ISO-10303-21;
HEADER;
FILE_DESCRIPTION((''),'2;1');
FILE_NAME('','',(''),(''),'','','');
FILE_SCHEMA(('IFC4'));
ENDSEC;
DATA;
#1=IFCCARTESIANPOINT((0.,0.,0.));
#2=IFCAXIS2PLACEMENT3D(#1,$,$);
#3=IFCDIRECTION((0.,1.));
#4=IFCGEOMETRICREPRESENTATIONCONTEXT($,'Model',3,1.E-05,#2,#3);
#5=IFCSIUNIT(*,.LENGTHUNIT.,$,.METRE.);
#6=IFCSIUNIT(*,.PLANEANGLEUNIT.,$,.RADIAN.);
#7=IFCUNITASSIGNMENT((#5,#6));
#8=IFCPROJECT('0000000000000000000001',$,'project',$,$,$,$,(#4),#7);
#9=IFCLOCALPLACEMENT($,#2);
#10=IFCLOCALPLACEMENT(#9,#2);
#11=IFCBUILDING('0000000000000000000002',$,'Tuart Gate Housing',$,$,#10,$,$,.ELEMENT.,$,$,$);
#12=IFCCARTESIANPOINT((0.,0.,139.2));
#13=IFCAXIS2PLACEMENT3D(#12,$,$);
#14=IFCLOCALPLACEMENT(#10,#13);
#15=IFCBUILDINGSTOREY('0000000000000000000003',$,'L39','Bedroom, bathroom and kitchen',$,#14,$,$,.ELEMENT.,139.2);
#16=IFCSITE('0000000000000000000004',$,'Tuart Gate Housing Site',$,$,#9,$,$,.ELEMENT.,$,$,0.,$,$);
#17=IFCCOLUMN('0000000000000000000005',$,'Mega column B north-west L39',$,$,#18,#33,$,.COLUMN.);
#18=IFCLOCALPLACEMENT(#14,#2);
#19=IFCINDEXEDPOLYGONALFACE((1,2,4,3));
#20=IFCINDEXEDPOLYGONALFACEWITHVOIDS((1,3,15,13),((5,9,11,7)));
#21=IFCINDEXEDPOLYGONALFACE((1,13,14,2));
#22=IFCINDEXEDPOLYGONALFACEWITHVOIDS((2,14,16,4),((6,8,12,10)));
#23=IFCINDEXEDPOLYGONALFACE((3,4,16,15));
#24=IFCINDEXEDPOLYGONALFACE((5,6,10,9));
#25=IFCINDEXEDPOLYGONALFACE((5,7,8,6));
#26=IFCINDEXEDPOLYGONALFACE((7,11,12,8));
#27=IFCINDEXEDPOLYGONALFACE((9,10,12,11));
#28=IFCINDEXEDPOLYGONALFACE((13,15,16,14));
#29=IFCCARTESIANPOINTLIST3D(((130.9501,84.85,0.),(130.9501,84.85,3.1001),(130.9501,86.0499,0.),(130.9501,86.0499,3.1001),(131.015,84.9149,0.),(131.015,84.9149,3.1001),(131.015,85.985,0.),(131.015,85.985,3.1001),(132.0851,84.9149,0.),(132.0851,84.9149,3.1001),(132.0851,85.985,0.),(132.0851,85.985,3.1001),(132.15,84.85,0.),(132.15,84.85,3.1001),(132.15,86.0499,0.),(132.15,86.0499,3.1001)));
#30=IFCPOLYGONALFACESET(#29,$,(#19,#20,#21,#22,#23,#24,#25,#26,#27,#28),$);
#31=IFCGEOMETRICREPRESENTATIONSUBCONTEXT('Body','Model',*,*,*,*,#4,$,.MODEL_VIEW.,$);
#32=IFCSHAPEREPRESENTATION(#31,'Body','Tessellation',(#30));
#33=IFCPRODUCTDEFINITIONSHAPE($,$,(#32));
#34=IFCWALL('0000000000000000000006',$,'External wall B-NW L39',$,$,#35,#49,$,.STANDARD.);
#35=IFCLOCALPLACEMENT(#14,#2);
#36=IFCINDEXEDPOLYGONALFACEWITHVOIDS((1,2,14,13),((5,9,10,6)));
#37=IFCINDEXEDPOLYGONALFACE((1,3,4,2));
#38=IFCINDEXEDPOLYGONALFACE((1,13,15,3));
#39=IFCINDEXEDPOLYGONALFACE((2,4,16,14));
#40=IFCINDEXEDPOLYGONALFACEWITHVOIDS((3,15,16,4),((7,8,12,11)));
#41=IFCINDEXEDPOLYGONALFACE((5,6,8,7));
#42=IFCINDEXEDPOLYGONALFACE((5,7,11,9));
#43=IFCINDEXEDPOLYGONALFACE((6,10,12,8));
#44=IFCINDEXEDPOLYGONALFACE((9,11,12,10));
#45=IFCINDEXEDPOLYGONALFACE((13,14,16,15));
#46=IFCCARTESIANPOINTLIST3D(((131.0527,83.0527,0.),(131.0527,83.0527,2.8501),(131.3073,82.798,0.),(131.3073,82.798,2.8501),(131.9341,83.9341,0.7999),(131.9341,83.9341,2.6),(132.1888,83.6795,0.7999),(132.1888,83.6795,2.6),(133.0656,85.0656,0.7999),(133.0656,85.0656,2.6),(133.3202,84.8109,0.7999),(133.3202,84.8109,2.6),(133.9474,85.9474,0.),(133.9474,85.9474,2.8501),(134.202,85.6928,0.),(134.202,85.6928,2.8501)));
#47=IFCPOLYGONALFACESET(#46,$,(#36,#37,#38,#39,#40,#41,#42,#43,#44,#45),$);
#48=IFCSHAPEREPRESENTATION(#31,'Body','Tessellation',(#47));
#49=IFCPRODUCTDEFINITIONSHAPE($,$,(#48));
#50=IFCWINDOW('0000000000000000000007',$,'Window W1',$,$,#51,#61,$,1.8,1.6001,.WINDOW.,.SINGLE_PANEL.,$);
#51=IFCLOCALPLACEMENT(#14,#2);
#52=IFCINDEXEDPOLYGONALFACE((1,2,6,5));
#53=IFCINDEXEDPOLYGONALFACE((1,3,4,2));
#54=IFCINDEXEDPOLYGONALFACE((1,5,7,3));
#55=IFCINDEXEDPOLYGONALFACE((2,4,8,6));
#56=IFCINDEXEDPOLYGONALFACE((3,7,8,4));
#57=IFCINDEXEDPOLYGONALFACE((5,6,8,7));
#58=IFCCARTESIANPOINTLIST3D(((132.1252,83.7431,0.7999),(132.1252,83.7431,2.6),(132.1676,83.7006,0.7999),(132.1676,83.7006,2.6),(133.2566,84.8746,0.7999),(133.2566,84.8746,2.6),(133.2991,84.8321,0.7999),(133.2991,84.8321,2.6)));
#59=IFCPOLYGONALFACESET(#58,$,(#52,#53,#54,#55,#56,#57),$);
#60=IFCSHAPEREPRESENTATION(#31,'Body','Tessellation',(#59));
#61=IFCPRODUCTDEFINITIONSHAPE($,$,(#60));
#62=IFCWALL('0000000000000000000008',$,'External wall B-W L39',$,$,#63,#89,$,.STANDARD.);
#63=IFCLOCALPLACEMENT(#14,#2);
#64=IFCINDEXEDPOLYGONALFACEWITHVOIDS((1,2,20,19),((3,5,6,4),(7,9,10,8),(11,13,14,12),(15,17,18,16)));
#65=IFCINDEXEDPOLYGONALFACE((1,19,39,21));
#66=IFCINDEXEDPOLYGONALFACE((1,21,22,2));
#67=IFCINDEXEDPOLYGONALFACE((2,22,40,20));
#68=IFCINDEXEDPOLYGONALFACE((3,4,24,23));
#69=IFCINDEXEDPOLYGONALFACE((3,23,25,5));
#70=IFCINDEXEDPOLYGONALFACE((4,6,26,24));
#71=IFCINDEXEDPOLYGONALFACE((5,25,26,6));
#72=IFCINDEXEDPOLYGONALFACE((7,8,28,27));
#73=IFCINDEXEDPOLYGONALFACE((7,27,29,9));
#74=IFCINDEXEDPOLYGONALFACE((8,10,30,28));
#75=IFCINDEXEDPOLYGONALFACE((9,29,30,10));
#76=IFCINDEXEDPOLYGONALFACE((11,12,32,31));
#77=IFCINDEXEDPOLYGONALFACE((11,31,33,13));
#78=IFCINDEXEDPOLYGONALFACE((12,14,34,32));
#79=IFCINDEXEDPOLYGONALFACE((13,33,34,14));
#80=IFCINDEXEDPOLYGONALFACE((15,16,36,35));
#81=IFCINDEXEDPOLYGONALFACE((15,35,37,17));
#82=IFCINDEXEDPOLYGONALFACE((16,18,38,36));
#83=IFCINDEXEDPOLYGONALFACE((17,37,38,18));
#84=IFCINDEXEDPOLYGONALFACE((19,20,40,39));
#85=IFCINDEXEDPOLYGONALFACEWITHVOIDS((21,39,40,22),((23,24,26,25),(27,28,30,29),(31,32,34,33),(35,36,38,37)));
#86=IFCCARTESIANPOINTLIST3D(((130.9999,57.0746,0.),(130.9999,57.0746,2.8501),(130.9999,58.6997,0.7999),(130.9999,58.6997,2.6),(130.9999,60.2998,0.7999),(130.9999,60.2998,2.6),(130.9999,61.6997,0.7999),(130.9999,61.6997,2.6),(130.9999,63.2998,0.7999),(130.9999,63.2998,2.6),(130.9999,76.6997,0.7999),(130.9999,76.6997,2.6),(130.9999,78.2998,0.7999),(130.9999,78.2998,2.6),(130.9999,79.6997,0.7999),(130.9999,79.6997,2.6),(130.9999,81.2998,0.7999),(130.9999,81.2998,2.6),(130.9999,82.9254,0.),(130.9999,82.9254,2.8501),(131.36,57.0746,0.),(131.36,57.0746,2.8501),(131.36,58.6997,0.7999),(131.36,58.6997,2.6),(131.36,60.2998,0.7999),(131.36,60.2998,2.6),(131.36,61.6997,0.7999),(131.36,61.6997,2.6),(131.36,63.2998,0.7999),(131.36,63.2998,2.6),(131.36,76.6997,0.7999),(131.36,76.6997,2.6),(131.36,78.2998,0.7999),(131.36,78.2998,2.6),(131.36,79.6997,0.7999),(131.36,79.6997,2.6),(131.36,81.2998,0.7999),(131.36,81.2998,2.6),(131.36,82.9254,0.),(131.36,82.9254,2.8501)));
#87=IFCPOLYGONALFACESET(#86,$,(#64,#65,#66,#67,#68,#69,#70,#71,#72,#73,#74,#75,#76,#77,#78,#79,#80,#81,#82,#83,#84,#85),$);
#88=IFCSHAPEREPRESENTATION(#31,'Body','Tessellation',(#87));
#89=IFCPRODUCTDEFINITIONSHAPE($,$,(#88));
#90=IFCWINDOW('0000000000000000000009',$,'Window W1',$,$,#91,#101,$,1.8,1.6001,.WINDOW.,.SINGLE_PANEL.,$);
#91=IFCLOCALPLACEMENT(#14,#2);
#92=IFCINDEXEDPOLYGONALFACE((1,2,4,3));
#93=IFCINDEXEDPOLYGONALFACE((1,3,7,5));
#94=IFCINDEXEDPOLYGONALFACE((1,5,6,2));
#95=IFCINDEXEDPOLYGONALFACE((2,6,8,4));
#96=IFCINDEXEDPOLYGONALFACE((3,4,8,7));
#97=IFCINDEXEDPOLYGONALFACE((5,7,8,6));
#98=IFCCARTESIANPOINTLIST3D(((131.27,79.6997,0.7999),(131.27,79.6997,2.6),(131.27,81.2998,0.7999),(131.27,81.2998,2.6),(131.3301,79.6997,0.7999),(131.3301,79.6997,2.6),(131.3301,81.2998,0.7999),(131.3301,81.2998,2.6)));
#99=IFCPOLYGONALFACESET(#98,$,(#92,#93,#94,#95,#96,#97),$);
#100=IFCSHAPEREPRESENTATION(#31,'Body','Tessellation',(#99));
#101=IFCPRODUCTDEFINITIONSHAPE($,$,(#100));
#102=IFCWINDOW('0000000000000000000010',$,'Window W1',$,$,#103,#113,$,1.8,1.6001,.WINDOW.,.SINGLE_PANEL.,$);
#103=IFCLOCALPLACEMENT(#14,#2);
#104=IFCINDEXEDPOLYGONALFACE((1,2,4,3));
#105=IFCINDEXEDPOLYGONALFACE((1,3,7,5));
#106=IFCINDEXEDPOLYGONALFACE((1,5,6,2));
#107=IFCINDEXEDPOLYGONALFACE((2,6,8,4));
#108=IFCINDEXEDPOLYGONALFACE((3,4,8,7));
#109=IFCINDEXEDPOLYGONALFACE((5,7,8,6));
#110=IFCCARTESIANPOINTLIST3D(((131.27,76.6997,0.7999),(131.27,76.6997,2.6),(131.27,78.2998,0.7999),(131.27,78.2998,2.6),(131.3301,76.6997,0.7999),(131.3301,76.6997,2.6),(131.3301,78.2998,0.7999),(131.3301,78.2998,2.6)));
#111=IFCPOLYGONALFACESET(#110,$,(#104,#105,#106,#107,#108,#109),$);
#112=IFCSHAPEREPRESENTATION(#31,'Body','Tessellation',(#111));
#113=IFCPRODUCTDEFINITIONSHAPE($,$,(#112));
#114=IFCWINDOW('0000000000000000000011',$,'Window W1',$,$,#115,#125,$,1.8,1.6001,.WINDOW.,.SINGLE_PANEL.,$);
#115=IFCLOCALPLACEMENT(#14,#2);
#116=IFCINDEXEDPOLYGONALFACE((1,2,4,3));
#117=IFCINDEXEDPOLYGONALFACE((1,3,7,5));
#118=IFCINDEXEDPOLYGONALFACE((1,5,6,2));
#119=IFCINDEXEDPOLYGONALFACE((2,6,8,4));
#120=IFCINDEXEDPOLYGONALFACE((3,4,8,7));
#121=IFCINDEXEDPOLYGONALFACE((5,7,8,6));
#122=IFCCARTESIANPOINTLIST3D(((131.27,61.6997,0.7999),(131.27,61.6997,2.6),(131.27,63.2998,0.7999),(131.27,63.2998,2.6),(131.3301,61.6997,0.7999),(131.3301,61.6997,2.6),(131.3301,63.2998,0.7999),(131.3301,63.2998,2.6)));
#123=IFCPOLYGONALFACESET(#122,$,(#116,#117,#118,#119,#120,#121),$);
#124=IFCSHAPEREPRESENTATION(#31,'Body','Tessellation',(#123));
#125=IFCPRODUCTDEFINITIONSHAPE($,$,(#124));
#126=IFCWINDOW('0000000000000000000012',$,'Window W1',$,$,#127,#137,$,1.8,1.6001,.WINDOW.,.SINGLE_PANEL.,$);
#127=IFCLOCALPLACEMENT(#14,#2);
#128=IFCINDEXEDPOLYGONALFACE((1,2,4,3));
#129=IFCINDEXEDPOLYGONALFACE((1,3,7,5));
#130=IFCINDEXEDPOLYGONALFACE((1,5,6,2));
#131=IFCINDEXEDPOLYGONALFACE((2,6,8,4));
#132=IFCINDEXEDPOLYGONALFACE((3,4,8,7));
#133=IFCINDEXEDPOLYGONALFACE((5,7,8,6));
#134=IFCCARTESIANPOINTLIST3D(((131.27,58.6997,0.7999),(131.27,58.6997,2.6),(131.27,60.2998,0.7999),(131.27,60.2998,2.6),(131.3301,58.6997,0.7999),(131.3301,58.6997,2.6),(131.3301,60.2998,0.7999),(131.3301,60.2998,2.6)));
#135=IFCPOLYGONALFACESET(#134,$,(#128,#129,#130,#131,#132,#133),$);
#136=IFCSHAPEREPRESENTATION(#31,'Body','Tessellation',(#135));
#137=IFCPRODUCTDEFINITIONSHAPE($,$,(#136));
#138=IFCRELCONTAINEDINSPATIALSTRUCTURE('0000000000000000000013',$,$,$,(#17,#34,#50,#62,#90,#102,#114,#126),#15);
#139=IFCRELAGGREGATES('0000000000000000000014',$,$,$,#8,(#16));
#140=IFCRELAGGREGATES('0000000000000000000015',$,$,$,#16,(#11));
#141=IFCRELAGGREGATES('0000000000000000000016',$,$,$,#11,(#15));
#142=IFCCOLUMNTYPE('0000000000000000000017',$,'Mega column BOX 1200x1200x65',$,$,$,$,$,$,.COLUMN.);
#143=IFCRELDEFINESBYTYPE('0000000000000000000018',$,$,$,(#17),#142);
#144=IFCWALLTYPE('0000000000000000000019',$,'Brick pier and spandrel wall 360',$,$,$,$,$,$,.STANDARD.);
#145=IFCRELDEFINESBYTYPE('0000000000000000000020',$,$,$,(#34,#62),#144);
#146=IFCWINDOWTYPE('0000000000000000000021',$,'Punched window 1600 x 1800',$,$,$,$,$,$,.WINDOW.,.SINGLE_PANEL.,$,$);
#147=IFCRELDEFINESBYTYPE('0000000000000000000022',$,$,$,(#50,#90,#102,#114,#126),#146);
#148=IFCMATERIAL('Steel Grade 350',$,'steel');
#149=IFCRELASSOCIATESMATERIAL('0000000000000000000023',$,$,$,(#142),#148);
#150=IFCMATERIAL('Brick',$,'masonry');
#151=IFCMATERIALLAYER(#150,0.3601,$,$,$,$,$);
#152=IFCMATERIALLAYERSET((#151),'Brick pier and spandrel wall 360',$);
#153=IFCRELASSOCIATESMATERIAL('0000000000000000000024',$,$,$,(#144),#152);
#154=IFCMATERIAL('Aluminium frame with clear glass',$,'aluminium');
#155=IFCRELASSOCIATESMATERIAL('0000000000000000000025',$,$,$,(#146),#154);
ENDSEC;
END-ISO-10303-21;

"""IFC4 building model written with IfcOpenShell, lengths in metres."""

from ifc_helpers import new_model, si_unit, direction, frame, frame_2d, origin, origin_2d, place, context, subcontext, project, spatial, rectangle, hollow_rectangle, extrude, material, layer, layer_set, material_profile, profile_set, type_object, element, fill, save


model = new_model("IFC4")

# Units and contexts
model_context = context("Model", 3, precision=1e-05, world=origin(), true_north=direction((0.0, 1.0)))
body_context = subcontext(model_context, "Body", "Model", "MODEL_VIEW")
ifc_project = project(units=[si_unit("LENGTHUNIT", "METRE"), si_unit("PLANEANGLEUNIT", "RADIAN")], contexts=[model_context])

# Site, building, storey
site_placement = place(None, origin())
site = spatial("IfcSite", under=ifc_project, at=site_placement, Name="Tuart Gate Housing Site", CompositionType="ELEMENT", RefElevation=0.0)
building_placement = place(site_placement, origin())
building = spatial("IfcBuilding", under=site, at=building_placement, Name="Tuart Gate Housing", CompositionType="ELEMENT")
storey_placement = place(building_placement, frame((0.0, 0.0, 139.2)))
storey = spatial("IfcBuildingStorey", under=building, at=storey_placement, Name="L39", Description="Bedroom, bathroom and kitchen", CompositionType="ELEMENT", Elevation=139.2)

# Column
ifc_material_1 = material(Name="Steel Grade 350", Category="steel")
ifc_material_profile = material_profile(ifc_material_1, hollow_rectangle(XDim=1.2, YDim=1.2, WallThickness=0.0649, at=origin_2d()), Name="BOX 1200x1200x65")
ifc_profile_set = profile_set([ifc_material_profile], Name="Steel Grade 350")
column_type = type_object("IfcColumnType", Name="Mega column BOX 1200x1200x65", PredefinedType="COLUMN", material=ifc_profile_set)
column_placement = place(storey_placement, frame((131.55, 85.45, 0.0), z_axis=(0.0, 0.0, 1.0), x_axis=(1.0, 0.0, 0.0)))
element("IfcColumn", 1, at=column_placement, inside=storey, type_object=column_type, Name="Mega column B north-west L39", PredefinedType="COLUMN", context=body_context, shape_type="SweptSolid", body=[
    extrude(hollow_rectangle(XDim=1.2, YDim=1.2, WallThickness=0.0649, at=origin_2d()), origin(), (0.0, 0.0, 1.0), 3.1001),
])

# Wall, opening, window
ifc_material_2 = material(Name="Brick", Category="masonry")
ifc_layer_1 = layer(ifc_material_2, 0.3601)
ifc_layer_set_1 = layer_set([ifc_layer_1], Name="Brick pier and spandrel wall 360")
wall_type_1 = type_object("IfcWallType", Name="Brick pier and spandrel wall 360", PredefinedType="STANDARD", material=ifc_layer_set_1)
wall_1_placement = place(storey_placement, frame((134.0747, 85.8201, 0.0), z_axis=(0.0, 0.0, 1.0), x_axis=(-0.707107, -0.707107, 0.0)))
wall_1 = element("IfcWall", 2, at=wall_1_placement, inside=storey, type_object=wall_type_1, Name="External wall B-NW L39", PredefinedType="STANDARD", context=body_context, shape_type="SweptSolid", body=[
    extrude(rectangle(XDim=4.0938, YDim=0.3601, at=frame_2d((2.0469, 0.0))), origin(), (0.0, 0.0, 1.0), 2.8501),
])
opening_1_placement = place(wall_1_placement, frame((1.2471, 0.0, 0.8)))
opening_1 = element("IfcOpeningElement", 3, at=opening_1_placement, cuts=wall_1, PredefinedType="OPENING", context=body_context, shape_type="SweptSolid", body=[
    extrude(rectangle(XDim=1.6001, YDim=1.8, at=frame_2d((0.8, 0.8999))), frame((0.0, 0.1899, 0.0), z_axis=(0.0, -1.0, 0.0), x_axis=(1.0, 0.0, 0.0)), (0.0, 0.0, 1.0), 0.3801),
])
ifc_material_3 = material(Name="Aluminium frame with clear glass", Category="aluminium")
window_type = type_object("IfcWindowType", Name="Punched window 1600 x 1800", PartitioningType="SINGLE_PANEL", PredefinedType="WINDOW", material=ifc_material_3)
window_1_placement = place(opening_1_placement, origin())
window_1 = element("IfcWindow", 4, at=window_1_placement, inside=storey, type_object=window_type, Name="Window W1", OverallHeight=1.8, OverallWidth=1.6001, PartitioningType="SINGLE_PANEL", PredefinedType="WINDOW", context=body_context, shape_type="SweptSolid", body=[
    extrude(rectangle(XDim=1.6001, YDim=1.8, at=frame_2d((0.8, 0.8999))), frame((0.0, 0.1501, 0.0), z_axis=(0.0, -1.0, 0.0), x_axis=(1.0, 0.0, 0.0)), (0.0, 0.0, 1.0), 0.0601),
])
fill(opening_1, window_1)

# Wall, openings, windows
wall_2_placement = place(storey_placement, frame((131.1799, 82.9253, 0.0), z_axis=(0.0, 0.0, 1.0), x_axis=(0.0, -1.0, 0.0)))
wall_2 = element("IfcWall", 5, at=wall_2_placement, inside=storey, type_object=wall_type_1, Name="External wall B-W L39", PredefinedType="STANDARD", context=body_context, shape_type="SweptSolid", body=[
    extrude(rectangle(XDim=25.8508, YDim=0.3601, at=frame_2d((12.9253, 0.0))), origin(), (0.0, 0.0, 1.0), 2.8501),
])
opening_2_placement = place(wall_2_placement, frame((1.6255, 0.0, 0.8)))
opening_2 = element("IfcOpeningElement", 6, at=opening_2_placement, cuts=wall_2, PredefinedType="OPENING", context=body_context, shape_type="SweptSolid", body=[
    extrude(rectangle(XDim=1.6001, YDim=1.8, at=frame_2d((0.8, 0.8999))), frame((0.0, 0.1899, 0.0), z_axis=(0.0, -1.0, 0.0), x_axis=(1.0, 0.0, 0.0)), (0.0, 0.0, 1.0), 0.3801),
])
opening_3_placement = place(wall_2_placement, frame((4.6255, 0.0, 0.8)))
opening_3 = element("IfcOpeningElement", 7, at=opening_3_placement, cuts=wall_2, PredefinedType="OPENING", context=body_context, shape_type="SweptSolid", body=[
    extrude(rectangle(XDim=1.6001, YDim=1.8, at=frame_2d((0.8, 0.8999))), frame((0.0, 0.1899, 0.0), z_axis=(0.0, -1.0, 0.0), x_axis=(1.0, 0.0, 0.0)), (0.0, 0.0, 1.0), 0.3801),
])
opening_4_placement = place(wall_2_placement, frame((19.6255, 0.0, 0.8)))
opening_4 = element("IfcOpeningElement", 8, at=opening_4_placement, cuts=wall_2, PredefinedType="OPENING", context=body_context, shape_type="SweptSolid", body=[
    extrude(rectangle(XDim=1.6001, YDim=1.8, at=frame_2d((0.8, 0.8999))), frame((0.0, 0.1899, 0.0), z_axis=(0.0, -1.0, 0.0), x_axis=(1.0, 0.0, 0.0)), (0.0, 0.0, 1.0), 0.3801),
])
opening_5_placement = place(wall_2_placement, frame((22.6255, 0.0, 0.8)))
opening_5 = element("IfcOpeningElement", 9, at=opening_5_placement, cuts=wall_2, PredefinedType="OPENING", context=body_context, shape_type="SweptSolid", body=[
    extrude(rectangle(XDim=1.6001, YDim=1.8, at=frame_2d((0.8, 0.8999))), frame((0.0, 0.1899, 0.0), z_axis=(0.0, -1.0, 0.0), x_axis=(1.0, 0.0, 0.0)), (0.0, 0.0, 1.0), 0.3801),
])
window_2_placement = place(opening_2_placement, origin())
window_2 = element("IfcWindow", 10, at=window_2_placement, inside=storey, type_object=window_type, Name="Window W1", OverallHeight=1.8, OverallWidth=1.6001, PartitioningType="SINGLE_PANEL", PredefinedType="WINDOW", context=body_context, shape_type="SweptSolid", body=[
    extrude(rectangle(XDim=1.6001, YDim=1.8, at=frame_2d((0.8, 0.8999))), frame((0.0, 0.1501, 0.0), z_axis=(0.0, -1.0, 0.0), x_axis=(1.0, 0.0, 0.0)), (0.0, 0.0, 1.0), 0.0601),
])
fill(opening_2, window_2)
window_3_placement = place(opening_3_placement, origin())
window_3 = element("IfcWindow", 11, at=window_3_placement, inside=storey, type_object=window_type, Name="Window W1", OverallHeight=1.8, OverallWidth=1.6001, PartitioningType="SINGLE_PANEL", PredefinedType="WINDOW", context=body_context, shape_type="SweptSolid", body=[
    extrude(rectangle(XDim=1.6001, YDim=1.8, at=frame_2d((0.8, 0.8999))), frame((0.0, 0.1501, 0.0), z_axis=(0.0, -1.0, 0.0), x_axis=(1.0, 0.0, 0.0)), (0.0, 0.0, 1.0), 0.0601),
])
fill(opening_3, window_3)
window_4_placement = place(opening_4_placement, origin())
window_4 = element("IfcWindow", 12, at=window_4_placement, inside=storey, type_object=window_type, Name="Window W1", OverallHeight=1.8, OverallWidth=1.6001, PartitioningType="SINGLE_PANEL", PredefinedType="WINDOW", context=body_context, shape_type="SweptSolid", body=[
    extrude(rectangle(XDim=1.6001, YDim=1.8, at=frame_2d((0.8, 0.8999))), frame((0.0, 0.1501, 0.0), z_axis=(0.0, -1.0, 0.0), x_axis=(1.0, 0.0, 0.0)), (0.0, 0.0, 1.0), 0.0601),
])
fill(opening_4, window_4)
window_5_placement = place(opening_5_placement, origin())
window_5 = element("IfcWindow", 13, at=window_5_placement, inside=storey, type_object=window_type, Name="Window W1", OverallHeight=1.8, OverallWidth=1.6001, PartitioningType="SINGLE_PANEL", PredefinedType="WINDOW", context=body_context, shape_type="SweptSolid", body=[
    extrude(rectangle(XDim=1.6001, YDim=1.8, at=frame_2d((0.8, 0.8999))), frame((0.0, 0.1501, 0.0), z_axis=(0.0, -1.0, 0.0), x_axis=(1.0, 0.0, 0.0)), (0.0, 0.0, 1.0), 0.0601),
])
fill(opening_5, window_5)

save(model, "model.ifc")
